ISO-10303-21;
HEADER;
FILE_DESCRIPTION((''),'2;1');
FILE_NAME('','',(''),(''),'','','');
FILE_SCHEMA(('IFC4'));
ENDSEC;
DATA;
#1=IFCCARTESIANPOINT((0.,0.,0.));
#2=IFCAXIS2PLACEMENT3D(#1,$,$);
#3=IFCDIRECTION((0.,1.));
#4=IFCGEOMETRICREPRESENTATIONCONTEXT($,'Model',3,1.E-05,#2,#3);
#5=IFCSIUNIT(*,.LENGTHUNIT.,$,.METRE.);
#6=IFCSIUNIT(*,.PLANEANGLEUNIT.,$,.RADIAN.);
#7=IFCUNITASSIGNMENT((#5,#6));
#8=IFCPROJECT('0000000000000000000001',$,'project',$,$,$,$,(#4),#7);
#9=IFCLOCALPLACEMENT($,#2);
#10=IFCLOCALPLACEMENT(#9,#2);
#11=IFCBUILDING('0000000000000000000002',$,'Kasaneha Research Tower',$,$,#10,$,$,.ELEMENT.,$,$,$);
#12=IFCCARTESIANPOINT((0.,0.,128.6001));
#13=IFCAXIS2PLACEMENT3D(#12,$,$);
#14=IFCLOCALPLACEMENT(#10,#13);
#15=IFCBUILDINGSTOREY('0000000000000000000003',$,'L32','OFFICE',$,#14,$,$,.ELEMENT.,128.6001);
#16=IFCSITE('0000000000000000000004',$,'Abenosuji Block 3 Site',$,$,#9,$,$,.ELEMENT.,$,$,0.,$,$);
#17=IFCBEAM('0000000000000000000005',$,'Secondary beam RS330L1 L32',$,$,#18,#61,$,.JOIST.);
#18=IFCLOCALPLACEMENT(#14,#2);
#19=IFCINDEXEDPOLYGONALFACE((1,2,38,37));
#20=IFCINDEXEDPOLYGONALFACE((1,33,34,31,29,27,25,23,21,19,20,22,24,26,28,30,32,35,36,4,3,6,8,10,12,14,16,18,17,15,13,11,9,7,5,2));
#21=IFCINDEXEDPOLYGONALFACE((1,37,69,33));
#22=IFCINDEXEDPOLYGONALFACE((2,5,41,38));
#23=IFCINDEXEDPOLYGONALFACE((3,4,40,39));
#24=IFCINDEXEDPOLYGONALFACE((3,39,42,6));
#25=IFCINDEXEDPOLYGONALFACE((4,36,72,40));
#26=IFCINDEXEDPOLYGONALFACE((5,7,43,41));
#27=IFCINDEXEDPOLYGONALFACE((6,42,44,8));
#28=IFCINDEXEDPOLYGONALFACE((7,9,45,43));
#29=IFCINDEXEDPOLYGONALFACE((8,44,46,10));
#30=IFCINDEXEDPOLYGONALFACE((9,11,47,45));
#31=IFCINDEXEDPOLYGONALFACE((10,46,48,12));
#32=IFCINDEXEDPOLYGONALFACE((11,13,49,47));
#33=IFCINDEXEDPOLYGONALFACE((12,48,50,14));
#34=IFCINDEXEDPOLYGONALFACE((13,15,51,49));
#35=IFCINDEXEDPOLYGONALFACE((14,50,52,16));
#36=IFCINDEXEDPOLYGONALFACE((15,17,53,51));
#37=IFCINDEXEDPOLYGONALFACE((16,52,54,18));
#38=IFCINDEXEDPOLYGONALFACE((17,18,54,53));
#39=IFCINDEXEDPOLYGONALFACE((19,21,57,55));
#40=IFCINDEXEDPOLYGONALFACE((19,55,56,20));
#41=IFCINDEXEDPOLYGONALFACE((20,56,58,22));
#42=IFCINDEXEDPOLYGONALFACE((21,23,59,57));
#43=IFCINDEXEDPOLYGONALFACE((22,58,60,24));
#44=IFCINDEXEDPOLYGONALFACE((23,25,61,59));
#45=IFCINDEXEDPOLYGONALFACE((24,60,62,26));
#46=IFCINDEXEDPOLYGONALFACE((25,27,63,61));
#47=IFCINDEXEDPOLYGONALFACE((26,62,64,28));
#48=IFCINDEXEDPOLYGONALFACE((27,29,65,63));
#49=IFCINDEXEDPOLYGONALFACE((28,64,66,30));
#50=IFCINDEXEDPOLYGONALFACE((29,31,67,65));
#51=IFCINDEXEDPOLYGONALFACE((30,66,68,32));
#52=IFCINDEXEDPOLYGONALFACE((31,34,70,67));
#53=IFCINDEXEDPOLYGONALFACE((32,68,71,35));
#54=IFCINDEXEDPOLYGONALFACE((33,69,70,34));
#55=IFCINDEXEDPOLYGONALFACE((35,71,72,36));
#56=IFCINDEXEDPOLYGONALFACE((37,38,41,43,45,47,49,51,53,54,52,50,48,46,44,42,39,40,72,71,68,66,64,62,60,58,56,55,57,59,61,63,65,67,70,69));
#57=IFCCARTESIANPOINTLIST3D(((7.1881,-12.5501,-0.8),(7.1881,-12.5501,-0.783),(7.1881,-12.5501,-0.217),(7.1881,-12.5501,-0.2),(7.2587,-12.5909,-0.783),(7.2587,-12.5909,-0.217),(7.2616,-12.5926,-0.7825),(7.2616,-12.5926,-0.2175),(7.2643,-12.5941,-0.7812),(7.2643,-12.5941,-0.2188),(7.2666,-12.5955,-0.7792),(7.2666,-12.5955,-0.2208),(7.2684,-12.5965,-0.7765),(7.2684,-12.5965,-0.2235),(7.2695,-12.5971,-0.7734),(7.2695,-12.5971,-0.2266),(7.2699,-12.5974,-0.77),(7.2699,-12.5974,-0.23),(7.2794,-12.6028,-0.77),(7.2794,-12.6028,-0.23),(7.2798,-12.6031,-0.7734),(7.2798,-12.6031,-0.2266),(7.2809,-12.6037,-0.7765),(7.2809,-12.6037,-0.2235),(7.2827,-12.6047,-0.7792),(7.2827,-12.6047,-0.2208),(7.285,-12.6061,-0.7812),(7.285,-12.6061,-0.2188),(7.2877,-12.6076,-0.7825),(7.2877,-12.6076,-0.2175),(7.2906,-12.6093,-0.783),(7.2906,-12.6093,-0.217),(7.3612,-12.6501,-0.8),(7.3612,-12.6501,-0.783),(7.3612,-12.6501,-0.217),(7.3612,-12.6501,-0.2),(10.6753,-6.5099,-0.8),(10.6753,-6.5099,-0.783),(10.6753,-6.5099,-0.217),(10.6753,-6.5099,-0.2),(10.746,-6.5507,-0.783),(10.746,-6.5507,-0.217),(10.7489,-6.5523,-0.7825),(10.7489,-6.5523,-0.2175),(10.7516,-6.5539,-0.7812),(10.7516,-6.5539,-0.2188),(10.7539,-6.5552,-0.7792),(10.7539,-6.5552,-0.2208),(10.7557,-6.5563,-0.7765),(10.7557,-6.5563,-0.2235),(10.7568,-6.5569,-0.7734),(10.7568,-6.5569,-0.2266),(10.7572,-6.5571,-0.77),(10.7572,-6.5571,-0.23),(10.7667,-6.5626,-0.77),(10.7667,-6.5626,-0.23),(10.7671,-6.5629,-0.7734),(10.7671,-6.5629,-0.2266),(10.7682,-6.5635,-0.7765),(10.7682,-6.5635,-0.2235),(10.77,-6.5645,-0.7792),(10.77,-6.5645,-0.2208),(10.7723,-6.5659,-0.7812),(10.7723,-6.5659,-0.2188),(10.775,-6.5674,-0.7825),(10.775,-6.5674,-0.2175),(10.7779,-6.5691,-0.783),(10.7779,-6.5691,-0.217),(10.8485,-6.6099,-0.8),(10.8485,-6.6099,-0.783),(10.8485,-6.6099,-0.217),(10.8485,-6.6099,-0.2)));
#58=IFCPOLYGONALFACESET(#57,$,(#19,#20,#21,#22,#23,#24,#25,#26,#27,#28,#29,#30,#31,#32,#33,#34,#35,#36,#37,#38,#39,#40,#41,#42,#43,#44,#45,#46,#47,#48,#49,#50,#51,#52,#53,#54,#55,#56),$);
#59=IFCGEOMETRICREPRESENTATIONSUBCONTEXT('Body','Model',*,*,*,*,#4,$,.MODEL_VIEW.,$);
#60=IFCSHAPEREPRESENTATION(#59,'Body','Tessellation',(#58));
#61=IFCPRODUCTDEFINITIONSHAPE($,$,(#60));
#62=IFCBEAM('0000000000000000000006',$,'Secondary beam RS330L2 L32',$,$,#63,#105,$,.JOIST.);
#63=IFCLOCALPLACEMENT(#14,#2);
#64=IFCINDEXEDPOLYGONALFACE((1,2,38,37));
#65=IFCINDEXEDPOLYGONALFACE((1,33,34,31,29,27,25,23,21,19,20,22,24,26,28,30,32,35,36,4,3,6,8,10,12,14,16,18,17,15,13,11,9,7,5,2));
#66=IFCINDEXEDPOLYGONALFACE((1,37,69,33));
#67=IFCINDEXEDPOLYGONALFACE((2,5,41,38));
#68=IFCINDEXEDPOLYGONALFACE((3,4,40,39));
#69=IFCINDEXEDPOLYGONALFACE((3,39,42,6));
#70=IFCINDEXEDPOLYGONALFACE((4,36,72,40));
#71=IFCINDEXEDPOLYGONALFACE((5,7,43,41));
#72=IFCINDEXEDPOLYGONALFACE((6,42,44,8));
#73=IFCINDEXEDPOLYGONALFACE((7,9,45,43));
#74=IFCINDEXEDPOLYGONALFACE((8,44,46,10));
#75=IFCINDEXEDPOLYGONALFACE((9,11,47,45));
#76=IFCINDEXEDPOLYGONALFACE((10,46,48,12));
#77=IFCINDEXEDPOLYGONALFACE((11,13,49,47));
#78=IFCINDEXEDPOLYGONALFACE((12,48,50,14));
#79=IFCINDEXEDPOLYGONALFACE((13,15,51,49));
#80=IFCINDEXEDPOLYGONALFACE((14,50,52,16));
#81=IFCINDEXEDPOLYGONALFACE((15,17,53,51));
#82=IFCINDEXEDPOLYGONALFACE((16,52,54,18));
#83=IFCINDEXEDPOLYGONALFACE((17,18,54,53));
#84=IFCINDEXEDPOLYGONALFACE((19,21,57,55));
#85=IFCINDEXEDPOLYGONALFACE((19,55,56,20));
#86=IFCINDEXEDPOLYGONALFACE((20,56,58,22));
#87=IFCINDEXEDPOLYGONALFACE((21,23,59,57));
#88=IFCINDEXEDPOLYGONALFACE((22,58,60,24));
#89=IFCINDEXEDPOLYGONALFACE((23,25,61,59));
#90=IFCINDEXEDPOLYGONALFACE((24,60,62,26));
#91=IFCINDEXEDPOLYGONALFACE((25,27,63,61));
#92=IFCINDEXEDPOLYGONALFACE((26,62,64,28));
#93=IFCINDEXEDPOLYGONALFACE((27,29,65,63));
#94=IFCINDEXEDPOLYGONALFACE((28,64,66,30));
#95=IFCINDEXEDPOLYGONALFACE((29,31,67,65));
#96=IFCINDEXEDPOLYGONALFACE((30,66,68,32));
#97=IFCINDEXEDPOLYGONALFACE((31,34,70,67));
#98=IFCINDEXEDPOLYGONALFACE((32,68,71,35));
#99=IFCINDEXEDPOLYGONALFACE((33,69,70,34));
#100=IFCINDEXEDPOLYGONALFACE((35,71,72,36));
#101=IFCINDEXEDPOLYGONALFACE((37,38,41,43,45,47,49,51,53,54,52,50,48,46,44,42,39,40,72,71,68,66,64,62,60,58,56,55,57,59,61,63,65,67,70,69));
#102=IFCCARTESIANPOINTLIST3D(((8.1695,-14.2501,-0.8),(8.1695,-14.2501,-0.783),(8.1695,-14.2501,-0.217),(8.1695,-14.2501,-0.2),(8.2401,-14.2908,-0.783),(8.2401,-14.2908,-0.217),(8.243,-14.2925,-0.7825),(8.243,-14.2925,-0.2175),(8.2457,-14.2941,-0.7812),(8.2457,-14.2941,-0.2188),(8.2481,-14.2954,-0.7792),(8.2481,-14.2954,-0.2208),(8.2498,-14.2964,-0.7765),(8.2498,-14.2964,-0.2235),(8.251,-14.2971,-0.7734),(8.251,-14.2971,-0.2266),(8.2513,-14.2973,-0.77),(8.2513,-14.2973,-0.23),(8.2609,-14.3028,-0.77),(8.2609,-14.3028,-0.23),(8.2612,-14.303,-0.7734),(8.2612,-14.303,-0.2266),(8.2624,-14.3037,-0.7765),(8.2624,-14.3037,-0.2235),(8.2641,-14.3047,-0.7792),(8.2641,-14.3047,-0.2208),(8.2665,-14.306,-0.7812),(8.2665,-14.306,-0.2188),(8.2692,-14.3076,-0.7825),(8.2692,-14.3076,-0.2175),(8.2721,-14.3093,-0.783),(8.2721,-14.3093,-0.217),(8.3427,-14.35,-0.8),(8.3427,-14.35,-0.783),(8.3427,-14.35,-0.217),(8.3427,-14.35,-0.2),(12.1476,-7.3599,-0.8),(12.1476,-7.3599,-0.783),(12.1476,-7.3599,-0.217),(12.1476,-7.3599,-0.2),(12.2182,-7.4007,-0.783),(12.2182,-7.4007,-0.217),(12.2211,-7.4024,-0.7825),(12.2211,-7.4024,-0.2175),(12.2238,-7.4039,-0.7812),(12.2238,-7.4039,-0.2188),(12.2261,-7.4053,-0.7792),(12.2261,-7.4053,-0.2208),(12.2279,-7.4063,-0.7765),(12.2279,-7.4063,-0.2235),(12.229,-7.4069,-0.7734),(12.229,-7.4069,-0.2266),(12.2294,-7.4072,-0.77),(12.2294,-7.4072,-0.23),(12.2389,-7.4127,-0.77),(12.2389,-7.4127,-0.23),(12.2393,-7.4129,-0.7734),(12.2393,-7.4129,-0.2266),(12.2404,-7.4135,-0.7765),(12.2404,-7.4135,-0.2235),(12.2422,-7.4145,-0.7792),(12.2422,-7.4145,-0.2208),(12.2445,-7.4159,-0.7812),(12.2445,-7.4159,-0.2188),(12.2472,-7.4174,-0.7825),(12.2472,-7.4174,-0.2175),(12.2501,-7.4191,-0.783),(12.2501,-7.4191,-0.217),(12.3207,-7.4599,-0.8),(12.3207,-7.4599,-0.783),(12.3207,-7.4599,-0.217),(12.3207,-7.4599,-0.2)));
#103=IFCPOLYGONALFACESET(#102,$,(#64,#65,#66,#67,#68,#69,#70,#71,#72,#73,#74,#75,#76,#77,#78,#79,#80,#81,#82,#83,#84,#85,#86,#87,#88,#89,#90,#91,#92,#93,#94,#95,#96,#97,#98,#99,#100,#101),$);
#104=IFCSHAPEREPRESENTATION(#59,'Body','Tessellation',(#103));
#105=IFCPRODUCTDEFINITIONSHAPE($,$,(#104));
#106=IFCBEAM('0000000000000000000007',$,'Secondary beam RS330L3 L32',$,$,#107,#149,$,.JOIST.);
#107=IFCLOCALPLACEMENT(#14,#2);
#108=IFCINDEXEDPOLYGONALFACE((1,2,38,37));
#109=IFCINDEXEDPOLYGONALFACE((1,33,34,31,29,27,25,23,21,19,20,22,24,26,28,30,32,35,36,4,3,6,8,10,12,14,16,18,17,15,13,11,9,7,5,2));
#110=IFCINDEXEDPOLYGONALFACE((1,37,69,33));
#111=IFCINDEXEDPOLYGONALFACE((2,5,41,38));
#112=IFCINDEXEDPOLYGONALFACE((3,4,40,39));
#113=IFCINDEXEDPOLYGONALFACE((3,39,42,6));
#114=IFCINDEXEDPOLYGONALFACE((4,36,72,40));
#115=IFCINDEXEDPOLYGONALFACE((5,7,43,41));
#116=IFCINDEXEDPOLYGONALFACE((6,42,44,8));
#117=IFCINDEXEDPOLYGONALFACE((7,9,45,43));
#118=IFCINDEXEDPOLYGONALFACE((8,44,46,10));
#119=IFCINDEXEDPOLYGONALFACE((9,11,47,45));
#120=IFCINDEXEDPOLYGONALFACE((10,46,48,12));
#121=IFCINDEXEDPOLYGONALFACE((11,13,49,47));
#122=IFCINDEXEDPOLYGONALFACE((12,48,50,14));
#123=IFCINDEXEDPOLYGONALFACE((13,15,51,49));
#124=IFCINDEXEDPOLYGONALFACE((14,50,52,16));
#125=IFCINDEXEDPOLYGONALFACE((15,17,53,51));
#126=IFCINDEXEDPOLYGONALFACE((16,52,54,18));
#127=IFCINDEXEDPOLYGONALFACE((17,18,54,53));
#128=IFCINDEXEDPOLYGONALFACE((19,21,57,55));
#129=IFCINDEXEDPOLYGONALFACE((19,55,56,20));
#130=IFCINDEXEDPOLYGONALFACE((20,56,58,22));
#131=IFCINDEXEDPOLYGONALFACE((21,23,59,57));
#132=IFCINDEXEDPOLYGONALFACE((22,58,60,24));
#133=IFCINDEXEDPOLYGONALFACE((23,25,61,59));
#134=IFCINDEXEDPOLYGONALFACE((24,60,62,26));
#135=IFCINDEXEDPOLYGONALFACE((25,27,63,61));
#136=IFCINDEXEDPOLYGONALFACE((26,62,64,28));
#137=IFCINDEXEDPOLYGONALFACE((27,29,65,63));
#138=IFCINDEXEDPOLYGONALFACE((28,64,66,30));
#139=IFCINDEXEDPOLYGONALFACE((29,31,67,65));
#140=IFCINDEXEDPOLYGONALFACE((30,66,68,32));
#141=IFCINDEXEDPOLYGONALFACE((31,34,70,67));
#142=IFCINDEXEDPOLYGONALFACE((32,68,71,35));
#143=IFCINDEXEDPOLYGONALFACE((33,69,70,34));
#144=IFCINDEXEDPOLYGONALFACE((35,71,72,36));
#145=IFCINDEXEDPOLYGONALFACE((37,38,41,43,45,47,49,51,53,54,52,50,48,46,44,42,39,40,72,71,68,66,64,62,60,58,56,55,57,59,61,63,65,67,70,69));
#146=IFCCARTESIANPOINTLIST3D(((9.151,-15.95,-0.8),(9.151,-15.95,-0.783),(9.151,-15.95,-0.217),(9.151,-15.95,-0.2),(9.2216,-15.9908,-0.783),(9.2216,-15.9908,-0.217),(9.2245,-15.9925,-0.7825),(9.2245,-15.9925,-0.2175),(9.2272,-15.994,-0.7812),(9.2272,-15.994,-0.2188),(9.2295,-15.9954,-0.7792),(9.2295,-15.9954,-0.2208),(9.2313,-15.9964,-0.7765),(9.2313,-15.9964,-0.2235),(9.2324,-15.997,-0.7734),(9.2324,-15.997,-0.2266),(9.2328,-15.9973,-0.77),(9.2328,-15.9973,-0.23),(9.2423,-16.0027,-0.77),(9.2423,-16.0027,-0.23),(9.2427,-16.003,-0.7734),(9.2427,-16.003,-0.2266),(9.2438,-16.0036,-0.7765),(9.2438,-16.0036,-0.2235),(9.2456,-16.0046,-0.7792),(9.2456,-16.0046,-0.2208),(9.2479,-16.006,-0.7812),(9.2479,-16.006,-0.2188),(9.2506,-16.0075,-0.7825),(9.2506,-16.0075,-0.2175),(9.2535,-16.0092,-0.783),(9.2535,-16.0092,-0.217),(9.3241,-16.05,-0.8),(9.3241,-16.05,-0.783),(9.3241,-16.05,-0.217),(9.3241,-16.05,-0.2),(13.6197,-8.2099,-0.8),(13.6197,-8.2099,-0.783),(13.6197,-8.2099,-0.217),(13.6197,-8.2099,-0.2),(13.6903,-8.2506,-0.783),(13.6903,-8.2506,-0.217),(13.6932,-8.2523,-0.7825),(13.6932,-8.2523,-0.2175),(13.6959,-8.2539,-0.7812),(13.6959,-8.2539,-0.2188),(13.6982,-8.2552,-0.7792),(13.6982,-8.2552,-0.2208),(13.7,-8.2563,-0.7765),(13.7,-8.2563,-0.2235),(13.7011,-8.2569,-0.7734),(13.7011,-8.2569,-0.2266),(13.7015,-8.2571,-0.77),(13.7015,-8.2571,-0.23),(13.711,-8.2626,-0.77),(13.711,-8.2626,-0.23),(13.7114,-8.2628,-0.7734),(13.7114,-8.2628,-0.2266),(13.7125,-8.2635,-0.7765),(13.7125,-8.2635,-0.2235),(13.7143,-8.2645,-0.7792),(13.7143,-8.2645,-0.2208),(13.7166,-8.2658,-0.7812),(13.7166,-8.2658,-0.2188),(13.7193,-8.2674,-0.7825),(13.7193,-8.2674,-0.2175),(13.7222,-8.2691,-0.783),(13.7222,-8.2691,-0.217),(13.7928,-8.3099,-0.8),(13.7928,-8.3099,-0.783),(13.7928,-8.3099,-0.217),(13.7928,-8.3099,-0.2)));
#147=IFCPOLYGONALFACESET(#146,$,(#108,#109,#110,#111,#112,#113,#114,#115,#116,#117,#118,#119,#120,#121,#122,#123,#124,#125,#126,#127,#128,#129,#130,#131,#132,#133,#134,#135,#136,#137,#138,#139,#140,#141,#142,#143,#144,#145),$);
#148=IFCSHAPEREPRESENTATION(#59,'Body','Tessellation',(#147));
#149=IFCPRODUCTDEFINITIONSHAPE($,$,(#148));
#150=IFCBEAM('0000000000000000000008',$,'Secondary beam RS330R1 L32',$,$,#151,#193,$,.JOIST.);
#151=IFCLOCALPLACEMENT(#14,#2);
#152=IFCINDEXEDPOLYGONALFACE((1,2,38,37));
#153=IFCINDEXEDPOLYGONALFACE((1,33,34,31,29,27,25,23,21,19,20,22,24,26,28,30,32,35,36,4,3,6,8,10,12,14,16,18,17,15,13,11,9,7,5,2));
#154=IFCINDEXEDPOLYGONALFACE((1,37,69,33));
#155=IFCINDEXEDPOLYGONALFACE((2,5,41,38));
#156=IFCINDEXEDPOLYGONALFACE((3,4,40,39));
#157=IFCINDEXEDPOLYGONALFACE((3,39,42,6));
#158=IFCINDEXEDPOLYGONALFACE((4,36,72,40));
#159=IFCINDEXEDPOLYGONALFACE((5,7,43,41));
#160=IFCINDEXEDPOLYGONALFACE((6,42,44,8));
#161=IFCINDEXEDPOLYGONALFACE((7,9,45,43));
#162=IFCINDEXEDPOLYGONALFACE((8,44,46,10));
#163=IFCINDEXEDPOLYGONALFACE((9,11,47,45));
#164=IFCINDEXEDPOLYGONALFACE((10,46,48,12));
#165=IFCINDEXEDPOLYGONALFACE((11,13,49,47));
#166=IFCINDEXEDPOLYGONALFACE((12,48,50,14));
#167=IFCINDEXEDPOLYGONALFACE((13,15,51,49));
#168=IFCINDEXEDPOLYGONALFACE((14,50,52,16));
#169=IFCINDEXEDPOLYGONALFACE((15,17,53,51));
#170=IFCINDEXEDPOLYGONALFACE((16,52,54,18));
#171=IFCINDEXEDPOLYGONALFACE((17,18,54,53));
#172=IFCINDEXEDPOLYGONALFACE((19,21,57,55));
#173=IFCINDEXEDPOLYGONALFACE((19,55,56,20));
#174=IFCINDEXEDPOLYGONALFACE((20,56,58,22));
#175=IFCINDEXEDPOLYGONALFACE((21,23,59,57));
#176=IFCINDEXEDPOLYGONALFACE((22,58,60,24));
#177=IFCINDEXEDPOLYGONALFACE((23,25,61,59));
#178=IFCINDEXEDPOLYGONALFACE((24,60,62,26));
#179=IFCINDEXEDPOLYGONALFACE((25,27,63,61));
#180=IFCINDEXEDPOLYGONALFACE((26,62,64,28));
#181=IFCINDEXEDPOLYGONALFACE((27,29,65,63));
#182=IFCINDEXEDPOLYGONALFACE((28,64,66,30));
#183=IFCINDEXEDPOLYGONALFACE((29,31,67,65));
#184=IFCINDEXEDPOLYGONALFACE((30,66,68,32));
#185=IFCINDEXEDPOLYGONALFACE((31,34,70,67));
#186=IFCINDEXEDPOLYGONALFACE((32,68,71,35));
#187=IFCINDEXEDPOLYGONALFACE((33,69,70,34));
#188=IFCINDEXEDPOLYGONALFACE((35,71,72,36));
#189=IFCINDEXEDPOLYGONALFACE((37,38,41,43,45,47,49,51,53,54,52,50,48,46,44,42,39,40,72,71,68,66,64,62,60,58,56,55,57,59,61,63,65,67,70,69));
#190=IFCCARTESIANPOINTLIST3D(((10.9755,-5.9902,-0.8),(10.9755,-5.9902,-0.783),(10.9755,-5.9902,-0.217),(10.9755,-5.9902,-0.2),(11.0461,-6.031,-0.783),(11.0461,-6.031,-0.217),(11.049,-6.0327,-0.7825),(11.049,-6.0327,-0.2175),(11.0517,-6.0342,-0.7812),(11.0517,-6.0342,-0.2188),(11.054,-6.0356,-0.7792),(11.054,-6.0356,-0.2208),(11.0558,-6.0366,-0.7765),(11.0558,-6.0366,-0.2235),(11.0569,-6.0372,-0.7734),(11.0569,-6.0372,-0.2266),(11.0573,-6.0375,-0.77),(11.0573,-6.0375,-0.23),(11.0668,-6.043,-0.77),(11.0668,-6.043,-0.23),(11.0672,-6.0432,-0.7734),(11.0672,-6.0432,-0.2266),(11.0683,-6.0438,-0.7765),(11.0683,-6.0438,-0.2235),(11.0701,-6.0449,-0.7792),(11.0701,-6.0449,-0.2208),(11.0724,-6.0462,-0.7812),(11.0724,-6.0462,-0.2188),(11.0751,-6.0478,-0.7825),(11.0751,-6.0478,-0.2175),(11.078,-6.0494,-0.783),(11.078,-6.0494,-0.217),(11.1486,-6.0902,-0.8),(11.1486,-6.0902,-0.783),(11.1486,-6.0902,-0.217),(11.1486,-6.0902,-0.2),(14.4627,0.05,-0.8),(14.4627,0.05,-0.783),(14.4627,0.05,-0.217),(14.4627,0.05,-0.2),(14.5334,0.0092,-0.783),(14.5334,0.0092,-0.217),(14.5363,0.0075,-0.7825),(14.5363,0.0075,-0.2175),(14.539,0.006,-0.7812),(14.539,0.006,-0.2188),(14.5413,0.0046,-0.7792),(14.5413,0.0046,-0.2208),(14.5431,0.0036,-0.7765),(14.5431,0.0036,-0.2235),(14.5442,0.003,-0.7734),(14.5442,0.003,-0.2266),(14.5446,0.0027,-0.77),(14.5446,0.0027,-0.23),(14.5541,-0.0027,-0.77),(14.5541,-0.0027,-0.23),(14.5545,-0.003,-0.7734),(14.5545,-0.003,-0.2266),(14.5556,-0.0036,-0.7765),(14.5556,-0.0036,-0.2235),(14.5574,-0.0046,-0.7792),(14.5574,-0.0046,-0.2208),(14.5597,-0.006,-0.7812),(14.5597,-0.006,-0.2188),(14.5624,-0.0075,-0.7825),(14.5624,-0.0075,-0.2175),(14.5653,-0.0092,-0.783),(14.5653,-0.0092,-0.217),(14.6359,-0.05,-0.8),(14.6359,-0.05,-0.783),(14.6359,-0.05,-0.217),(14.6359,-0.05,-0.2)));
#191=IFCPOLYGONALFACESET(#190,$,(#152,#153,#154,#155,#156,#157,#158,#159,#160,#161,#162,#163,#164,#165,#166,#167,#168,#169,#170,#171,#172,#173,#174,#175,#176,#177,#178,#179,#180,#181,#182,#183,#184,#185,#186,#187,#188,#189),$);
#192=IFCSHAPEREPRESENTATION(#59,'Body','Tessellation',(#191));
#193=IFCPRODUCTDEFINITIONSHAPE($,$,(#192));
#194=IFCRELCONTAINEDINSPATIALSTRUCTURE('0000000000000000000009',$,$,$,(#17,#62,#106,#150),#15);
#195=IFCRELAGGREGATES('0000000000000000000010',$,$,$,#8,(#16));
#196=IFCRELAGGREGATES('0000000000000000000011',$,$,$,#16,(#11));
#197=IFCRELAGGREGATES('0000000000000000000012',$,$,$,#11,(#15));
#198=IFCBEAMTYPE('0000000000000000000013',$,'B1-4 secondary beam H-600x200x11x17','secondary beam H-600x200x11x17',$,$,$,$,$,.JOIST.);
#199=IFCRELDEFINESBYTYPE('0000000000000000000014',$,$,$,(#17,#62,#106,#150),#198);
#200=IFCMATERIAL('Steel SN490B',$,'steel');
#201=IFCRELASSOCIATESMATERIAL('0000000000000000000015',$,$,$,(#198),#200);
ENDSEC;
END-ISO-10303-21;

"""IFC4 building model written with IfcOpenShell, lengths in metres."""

from ifc_helpers import new_model, si_unit, direction, frame, origin, origin_2d, place, context, subcontext, project, spatial, i_section, extrude, material, material_profile, profile_set, type_object, element, save


model = new_model("IFC4")

# Units and contexts
model_context = context("Model", 3, precision=1e-05, world=origin(), true_north=direction((0.0, 1.0)))
body_context = subcontext(model_context, "Body", "Model", "MODEL_VIEW")
ifc_project = project(units=[si_unit("LENGTHUNIT", "METRE"), si_unit("PLANEANGLEUNIT", "RADIAN")], contexts=[model_context])

# Site, building, storey
site_placement = place(None, origin())
site = spatial("IfcSite", under=ifc_project, at=site_placement, Name="Abenosuji Block 3 Site", CompositionType="ELEMENT", RefElevation=0.0)
building_placement = place(site_placement, origin())
building = spatial("IfcBuilding", under=site, at=building_placement, Name="Kasaneha Research Tower", CompositionType="ELEMENT")
storey_placement = place(building_placement, frame((0.0, 0.0, 128.6001)))
storey = spatial("IfcBuildingStorey", under=building, at=storey_placement, Name="L32", Description="OFFICE", CompositionType="ELEMENT", Elevation=128.6001)

# Beams
ifc_material_1 = material(Name="Steel SN490B", Category="steel")
ifc_material_profile_1 = material_profile(ifc_material_1, i_section(OverallWidth=0.2, OverallDepth=0.6001, WebThickness=0.011, FlangeThickness=0.0171, FilletRadius=0.0129, at=origin_2d()), Name="H-600x200x11x17")
ifc_profile_set_1 = profile_set([ifc_material_profile_1], Name="Steel SN490B")
beam_type_1 = type_object("IfcBeamType", Name="B1-4 secondary beam H-600x200x11x17", Description="secondary beam H-600x200x11x17", PredefinedType="JOIST", material=ifc_profile_set_1)
beam_1_placement = place(storey_placement, frame((7.2747, -12.6001, -0.5), z_axis=(0.499994, 0.866029, 0.0), x_axis=(-0.866029, 0.499994, 0.0)))
element("IfcBeam", 1, at=beam_1_placement, inside=storey, type_object=beam_type_1, Name="Secondary beam RS330L1 L32", PredefinedType="JOIST", context=body_context, shape_type="SweptSolid", body=[
    extrude(i_section(OverallWidth=0.2, OverallDepth=0.6001, WebThickness=0.011, FlangeThickness=0.0171, FilletRadius=0.0129, at=origin_2d()), origin(), (0.0, 0.0, 1.0), 6.9746),
])
beam_2_placement = place(storey_placement, frame((8.2561, -14.3, -0.5), z_axis=(0.5, 0.866025, 0.0), x_axis=(-0.866025, 0.5, 0.0)))
element("IfcBeam", 2, at=beam_2_placement, inside=storey, type_object=beam_type_1, Name="Secondary beam RS330L2 L32", PredefinedType="JOIST", context=body_context, shape_type="SweptSolid", body=[
    extrude(i_section(OverallWidth=0.2, OverallDepth=0.6001, WebThickness=0.011, FlangeThickness=0.0171, FilletRadius=0.0129, at=origin_2d()), origin(), (0.0, 0.0, 1.0), 7.9561),
])
beam_3_placement = place(storey_placement, frame((9.2375, -16.0, -0.5), z_axis=(0.499994, 0.866029, 0.0), x_axis=(-0.866029, 0.499994, 0.0)))
element("IfcBeam", 3, at=beam_3_placement, inside=storey, type_object=beam_type_1, Name="Secondary beam RS330L3 L32", PredefinedType="JOIST", context=body_context, shape_type="SweptSolid", body=[
    extrude(i_section(OverallWidth=0.2, OverallDepth=0.6001, WebThickness=0.011, FlangeThickness=0.0171, FilletRadius=0.0129, at=origin_2d()), origin(), (0.0, 0.0, 1.0), 8.9375),
])
beam_4_placement = place(storey_placement, frame((14.5493, 0.0, -0.5), z_axis=(-0.499994, -0.866029, 0.0), x_axis=(0.866029, -0.499994, 0.0)))
element("IfcBeam", 4, at=beam_4_placement, inside=storey, type_object=beam_type_1, Name="Secondary beam RS330R1 L32", PredefinedType="JOIST", context=body_context, shape_type="SweptSolid", body=[
    extrude(i_section(OverallWidth=0.2, OverallDepth=0.6001, WebThickness=0.011, FlangeThickness=0.0171, FilletRadius=0.0129, at=origin_2d()), origin(), (0.0, 0.0, 1.0), 6.9746),
])

save(model, "model.ifc")
